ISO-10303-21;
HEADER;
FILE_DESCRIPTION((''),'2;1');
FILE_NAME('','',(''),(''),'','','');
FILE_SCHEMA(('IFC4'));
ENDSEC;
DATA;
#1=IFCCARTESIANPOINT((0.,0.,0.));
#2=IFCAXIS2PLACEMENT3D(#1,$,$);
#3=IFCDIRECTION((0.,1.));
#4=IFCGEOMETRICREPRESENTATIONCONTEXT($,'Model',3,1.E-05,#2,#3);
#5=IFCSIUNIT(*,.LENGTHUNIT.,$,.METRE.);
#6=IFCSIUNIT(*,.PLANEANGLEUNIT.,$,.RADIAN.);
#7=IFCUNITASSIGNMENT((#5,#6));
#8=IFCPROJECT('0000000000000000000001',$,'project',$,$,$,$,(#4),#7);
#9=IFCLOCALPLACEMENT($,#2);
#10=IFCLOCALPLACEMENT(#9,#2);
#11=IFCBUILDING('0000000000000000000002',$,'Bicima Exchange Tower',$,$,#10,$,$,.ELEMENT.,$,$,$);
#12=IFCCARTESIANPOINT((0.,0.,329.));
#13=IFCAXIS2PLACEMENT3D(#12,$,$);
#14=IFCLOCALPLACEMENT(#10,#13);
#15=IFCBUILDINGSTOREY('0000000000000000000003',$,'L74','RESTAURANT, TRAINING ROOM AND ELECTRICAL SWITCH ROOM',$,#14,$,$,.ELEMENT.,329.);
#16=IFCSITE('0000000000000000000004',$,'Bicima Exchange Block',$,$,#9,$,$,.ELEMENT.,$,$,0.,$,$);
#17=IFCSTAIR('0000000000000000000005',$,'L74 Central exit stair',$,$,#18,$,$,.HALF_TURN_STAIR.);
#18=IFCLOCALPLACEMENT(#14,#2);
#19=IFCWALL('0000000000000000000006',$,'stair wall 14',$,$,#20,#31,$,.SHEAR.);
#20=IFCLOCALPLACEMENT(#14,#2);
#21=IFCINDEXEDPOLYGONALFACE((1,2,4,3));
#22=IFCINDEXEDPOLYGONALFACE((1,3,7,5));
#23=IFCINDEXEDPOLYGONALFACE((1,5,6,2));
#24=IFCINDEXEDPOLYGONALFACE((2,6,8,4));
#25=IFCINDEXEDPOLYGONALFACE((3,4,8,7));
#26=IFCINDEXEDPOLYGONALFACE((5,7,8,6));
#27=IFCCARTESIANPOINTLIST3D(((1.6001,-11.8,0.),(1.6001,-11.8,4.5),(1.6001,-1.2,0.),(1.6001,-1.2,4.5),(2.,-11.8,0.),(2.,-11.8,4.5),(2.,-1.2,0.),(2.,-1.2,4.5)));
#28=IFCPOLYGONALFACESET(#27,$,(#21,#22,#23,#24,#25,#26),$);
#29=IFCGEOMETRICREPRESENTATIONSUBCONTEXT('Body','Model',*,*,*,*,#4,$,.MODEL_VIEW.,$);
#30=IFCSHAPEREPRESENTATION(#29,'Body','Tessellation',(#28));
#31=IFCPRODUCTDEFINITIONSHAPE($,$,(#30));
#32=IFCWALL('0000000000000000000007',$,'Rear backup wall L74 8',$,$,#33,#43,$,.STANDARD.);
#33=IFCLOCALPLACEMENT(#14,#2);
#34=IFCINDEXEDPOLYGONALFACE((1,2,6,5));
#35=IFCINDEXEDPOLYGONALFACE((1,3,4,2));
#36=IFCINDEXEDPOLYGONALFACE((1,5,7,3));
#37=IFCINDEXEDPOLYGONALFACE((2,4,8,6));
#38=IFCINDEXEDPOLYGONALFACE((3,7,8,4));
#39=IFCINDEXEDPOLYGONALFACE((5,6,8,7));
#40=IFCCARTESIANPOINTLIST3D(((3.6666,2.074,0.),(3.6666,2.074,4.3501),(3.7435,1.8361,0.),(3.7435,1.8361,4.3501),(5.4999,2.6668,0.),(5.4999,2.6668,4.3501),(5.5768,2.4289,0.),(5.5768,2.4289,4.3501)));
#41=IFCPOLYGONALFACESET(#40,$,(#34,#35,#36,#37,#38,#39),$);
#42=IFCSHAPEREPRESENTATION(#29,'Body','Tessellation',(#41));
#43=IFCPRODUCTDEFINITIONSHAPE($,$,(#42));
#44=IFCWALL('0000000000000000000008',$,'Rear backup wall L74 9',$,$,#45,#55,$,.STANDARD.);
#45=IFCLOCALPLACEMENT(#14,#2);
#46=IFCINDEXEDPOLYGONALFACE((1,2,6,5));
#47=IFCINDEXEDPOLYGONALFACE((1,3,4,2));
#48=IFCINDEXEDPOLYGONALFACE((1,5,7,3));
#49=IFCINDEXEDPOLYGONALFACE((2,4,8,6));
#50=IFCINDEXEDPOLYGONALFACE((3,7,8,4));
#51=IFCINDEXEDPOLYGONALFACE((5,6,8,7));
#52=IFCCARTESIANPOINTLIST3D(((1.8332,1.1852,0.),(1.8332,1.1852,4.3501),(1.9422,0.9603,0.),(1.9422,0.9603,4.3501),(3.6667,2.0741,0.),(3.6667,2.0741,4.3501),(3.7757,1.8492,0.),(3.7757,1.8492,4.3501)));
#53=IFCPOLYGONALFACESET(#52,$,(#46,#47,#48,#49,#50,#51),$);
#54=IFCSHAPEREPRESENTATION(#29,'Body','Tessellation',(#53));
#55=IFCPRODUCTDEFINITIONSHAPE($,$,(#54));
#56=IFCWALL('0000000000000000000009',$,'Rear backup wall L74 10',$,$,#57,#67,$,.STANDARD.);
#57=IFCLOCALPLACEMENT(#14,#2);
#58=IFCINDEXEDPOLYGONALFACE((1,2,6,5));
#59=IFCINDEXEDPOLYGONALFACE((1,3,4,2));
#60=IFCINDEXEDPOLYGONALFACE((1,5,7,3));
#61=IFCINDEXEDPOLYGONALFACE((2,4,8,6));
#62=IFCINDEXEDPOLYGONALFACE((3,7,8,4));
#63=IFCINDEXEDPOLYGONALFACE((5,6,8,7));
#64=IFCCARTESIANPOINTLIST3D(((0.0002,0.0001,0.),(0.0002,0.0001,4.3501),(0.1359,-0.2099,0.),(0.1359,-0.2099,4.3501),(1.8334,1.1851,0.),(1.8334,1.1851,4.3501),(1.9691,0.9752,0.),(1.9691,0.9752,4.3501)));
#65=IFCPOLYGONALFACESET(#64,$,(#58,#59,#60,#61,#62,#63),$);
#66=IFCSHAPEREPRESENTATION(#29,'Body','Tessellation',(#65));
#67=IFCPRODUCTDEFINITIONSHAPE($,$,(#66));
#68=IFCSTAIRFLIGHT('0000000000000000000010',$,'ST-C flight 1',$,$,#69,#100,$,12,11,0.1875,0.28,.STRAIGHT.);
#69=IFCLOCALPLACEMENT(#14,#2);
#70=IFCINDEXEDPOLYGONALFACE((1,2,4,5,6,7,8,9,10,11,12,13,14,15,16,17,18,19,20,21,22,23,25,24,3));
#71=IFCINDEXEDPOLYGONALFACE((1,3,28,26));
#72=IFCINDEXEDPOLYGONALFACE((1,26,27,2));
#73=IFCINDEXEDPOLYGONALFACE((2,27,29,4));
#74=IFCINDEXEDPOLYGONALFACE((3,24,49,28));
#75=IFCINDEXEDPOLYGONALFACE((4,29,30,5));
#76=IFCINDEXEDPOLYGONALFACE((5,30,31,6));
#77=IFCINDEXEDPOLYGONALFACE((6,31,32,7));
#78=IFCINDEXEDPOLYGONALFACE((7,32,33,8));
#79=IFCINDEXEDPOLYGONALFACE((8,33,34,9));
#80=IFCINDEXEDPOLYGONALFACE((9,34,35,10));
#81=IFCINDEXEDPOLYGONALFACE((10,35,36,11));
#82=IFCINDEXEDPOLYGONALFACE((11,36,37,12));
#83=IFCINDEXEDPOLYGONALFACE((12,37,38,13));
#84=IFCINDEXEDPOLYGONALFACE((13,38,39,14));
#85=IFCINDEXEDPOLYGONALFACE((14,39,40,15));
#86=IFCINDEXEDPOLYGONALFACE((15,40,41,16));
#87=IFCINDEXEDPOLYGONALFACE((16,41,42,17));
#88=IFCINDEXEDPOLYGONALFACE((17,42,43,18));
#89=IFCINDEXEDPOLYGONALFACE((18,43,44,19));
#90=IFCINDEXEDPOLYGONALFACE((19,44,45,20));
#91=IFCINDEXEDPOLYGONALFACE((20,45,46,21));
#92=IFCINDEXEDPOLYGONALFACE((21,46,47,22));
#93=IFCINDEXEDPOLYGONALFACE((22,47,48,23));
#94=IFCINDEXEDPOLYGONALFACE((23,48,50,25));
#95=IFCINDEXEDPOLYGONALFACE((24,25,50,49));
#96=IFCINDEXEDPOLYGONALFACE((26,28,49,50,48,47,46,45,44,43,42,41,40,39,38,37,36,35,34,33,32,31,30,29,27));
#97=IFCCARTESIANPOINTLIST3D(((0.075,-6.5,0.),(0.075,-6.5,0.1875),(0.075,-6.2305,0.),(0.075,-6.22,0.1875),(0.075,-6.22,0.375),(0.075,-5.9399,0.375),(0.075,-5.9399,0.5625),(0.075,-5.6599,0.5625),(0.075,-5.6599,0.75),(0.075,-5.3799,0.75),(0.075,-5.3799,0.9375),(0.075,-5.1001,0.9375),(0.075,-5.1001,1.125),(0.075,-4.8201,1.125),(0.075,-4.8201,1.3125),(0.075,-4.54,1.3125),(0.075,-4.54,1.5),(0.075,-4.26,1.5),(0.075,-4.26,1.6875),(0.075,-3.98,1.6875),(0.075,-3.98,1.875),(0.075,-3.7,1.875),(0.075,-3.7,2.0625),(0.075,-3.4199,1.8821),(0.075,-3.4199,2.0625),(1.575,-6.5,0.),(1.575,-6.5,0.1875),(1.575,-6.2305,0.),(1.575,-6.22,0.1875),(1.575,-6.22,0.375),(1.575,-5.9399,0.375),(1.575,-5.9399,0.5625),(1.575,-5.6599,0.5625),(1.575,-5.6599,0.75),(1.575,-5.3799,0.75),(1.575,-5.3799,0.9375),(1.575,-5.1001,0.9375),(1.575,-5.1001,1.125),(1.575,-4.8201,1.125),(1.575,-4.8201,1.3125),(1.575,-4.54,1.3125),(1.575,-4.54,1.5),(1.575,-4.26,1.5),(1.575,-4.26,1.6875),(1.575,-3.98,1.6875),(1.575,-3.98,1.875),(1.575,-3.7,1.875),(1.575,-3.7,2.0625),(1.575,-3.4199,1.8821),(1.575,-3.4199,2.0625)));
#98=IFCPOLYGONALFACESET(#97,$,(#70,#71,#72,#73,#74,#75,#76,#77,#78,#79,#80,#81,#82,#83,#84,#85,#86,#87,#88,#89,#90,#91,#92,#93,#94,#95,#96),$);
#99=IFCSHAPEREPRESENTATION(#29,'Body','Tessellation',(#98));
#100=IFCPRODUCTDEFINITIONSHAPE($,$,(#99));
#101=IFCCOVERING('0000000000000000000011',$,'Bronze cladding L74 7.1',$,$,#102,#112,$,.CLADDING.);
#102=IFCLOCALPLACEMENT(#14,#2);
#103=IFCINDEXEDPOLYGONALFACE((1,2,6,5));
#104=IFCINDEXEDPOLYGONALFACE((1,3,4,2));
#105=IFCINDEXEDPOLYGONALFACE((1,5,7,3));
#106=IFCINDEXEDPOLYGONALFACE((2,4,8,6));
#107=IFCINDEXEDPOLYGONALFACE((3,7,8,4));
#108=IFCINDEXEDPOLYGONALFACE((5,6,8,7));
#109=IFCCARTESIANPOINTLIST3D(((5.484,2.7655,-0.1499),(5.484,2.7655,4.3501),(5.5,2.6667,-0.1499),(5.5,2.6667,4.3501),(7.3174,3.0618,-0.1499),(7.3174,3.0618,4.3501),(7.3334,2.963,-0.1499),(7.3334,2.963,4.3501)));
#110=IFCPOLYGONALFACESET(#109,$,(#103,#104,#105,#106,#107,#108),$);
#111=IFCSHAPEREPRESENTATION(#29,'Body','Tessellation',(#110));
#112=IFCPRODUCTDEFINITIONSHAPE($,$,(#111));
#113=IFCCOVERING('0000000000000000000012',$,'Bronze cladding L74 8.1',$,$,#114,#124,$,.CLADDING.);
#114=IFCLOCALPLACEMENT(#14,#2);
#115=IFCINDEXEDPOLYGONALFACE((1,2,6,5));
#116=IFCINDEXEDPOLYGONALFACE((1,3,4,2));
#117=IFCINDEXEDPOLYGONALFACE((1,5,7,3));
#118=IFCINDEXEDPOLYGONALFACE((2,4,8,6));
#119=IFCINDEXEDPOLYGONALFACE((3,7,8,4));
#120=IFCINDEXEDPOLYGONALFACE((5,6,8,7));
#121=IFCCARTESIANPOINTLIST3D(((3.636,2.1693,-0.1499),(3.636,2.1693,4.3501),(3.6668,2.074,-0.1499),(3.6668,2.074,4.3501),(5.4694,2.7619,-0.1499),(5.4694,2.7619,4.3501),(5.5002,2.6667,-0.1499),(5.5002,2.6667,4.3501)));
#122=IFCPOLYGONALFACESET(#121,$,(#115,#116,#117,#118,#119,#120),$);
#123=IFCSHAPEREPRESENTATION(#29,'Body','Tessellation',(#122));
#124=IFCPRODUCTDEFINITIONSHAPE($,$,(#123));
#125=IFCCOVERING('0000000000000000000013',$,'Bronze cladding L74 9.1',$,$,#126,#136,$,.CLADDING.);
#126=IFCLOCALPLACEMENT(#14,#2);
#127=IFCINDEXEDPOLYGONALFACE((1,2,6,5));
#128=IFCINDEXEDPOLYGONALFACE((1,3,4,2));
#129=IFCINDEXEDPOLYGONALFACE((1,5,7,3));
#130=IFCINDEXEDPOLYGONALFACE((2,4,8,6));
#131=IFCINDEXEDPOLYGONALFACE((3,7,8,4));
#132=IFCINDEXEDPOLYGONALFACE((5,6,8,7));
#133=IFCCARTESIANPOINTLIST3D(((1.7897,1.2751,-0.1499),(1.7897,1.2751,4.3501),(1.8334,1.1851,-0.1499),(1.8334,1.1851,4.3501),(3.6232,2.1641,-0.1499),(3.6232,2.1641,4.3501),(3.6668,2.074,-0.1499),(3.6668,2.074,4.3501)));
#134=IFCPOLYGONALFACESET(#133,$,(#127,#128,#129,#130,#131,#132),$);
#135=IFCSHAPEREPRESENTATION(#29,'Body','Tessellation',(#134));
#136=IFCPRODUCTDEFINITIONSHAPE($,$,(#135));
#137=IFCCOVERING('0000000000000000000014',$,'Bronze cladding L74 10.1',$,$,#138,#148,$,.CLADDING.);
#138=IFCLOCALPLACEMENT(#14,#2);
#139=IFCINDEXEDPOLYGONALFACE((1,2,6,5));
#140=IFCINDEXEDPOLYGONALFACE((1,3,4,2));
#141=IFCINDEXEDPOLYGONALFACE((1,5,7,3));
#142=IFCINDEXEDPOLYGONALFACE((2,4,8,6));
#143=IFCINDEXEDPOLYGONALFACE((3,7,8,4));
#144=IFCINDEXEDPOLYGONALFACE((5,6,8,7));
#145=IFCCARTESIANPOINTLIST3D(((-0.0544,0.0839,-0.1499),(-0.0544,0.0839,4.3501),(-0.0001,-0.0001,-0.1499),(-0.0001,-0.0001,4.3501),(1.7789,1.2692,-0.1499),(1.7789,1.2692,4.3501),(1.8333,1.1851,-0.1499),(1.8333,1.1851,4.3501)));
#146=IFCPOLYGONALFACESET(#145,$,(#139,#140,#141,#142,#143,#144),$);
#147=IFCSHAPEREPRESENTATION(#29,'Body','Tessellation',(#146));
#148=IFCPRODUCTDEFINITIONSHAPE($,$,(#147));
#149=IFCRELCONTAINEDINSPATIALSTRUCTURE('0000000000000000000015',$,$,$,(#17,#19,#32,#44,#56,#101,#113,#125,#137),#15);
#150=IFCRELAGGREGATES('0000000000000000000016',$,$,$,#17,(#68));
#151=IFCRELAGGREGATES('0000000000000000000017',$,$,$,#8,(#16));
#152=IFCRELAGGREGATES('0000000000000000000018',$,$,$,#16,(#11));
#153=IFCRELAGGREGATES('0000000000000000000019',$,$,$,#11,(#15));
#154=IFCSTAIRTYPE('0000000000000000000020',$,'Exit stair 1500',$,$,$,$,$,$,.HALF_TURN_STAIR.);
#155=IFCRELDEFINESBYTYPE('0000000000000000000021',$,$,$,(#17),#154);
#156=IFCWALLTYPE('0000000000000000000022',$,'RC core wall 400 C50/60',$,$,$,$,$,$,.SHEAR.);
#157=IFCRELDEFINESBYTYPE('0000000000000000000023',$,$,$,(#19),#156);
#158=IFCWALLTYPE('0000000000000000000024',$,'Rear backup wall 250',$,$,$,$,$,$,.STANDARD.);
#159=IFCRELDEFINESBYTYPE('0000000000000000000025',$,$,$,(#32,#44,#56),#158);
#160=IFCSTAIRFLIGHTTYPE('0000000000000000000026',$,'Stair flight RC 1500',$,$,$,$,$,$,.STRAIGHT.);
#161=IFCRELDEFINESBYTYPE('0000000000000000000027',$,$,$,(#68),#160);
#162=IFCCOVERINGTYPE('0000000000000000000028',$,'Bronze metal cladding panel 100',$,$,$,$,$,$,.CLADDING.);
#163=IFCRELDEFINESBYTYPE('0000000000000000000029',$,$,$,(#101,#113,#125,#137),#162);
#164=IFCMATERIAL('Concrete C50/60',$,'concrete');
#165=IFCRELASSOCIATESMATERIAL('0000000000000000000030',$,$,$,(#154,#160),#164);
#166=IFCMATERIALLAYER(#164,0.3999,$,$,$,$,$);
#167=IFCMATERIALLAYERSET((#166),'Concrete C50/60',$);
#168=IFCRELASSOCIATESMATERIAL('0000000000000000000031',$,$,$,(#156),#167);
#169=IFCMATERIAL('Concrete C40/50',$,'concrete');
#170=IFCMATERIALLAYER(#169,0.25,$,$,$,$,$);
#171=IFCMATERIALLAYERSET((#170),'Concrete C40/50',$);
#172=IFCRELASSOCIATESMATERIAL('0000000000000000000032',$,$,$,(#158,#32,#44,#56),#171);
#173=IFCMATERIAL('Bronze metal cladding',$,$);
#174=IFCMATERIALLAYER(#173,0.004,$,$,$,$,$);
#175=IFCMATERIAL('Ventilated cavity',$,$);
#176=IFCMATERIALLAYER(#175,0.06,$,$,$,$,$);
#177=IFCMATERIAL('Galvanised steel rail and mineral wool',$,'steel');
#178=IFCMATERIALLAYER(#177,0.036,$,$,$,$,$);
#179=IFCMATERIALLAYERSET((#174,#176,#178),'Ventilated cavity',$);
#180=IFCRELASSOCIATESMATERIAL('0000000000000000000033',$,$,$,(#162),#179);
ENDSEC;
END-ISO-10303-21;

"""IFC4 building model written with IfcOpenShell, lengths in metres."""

from ifc_helpers import new_model, si_unit, direction, frame, frame_2d, origin, origin_2d, place, context, subcontext, project, spatial, polyline, rectangle, outline, extrude, material, layer, layer_set, layer_usage, type_object, element, aggregate, save


model = new_model("IFC4")

# Units and contexts
model_context = context("Model", 3, precision=1e-05, world=origin(), true_north=direction((0.0, 1.0)))
body_context = subcontext(model_context, "Body", "Model", "MODEL_VIEW")
ifc_project = project(units=[si_unit("LENGTHUNIT", "METRE"), si_unit("PLANEANGLEUNIT", "RADIAN")], contexts=[model_context])

# Site, building, storey
site_placement = place(None, origin())
site = spatial("IfcSite", under=ifc_project, at=site_placement, Name="Bicima Exchange Block", CompositionType="ELEMENT", RefElevation=0.0)
building_placement = place(site_placement, origin())
building = spatial("IfcBuilding", under=site, at=building_placement, Name="Bicima Exchange Tower", CompositionType="ELEMENT")
storey_placement = place(building_placement, frame((0.0, 0.0, 329.0)))
storey = spatial("IfcBuildingStorey", under=building, at=storey_placement, Name="L74", Description="RESTAURANT, TRAINING ROOM AND ELECTRICAL SWITCH ROOM", CompositionType="ELEMENT", Elevation=329.0)

# Shared definitions
ifc_material_1 = material(Name="Concrete C40/50", Category="concrete")

# Stair
ifc_material_2 = material(Name="Concrete C50/60", Category="concrete")
stair_type_1 = type_object("IfcStairType", Name="Exit stair 1500", PredefinedType="HALF_TURN_STAIR", material=ifc_material_2)
stair_1_placement = place(storey_placement, origin())
stair_1 = element("IfcStair", 1, at=stair_1_placement, inside=storey, type_object=stair_type_1, Name="L74 Central exit stair", PredefinedType="HALF_TURN_STAIR")

# Walls
ifc_layer_1 = layer(ifc_material_2, 0.3999)
ifc_layer_set_1 = layer_set([ifc_layer_1], Name="Concrete C50/60")
wall_type_1 = type_object("IfcWallType", Name="RC core wall 400 C50/60", PredefinedType="SHEAR", material=ifc_layer_set_1)
wall_1_placement = place(storey_placement, frame((1.8, -11.8, 0.0), z_axis=(0.0, 0.0, 1.0), x_axis=(0.0, 1.0, 0.0)))
element("IfcWall", 2, at=wall_1_placement, inside=storey, type_object=wall_type_1, Name="stair wall 14", PredefinedType="SHEAR", context=body_context, shape_type="SweptSolid", body=[
    extrude(rectangle(XDim=10.6001, YDim=0.3999, at=frame_2d((5.3, 0.0))), origin(), (0.0, 0.0, 1.0), 4.5),
])
ifc_layer_2 = layer(ifc_material_1, 0.25)
ifc_layer_set_2 = layer_set([ifc_layer_2], Name="Concrete C40/50")
ifc_layer_usage = layer_usage(ifc_layer_set_2, "AXIS2", "POSITIVE", -0.125)
wall_type_2 = type_object("IfcWallType", Name="Rear backup wall 250", PredefinedType="STANDARD", material=ifc_layer_set_2)
wall_2_placement = place(storey_placement, frame((5.5383, 2.5479, 0.0), z_axis=(0.0, 0.0, 1.0), x_axis=(-0.951496, -0.307662, 0.0)))
element("IfcWall", 3, at=wall_2_placement, inside=storey, type_object=wall_type_2, material=ifc_layer_usage, Name="Rear backup wall L74 8", PredefinedType="STANDARD", context=body_context, shape_type="SweptSolid", body=[
    extrude(rectangle(XDim=1.9268, YDim=0.25, at=frame_2d((0.9634, 0.0))), origin(), (0.0, 0.0, 1.0), 4.3501),
])
wall_3_placement = place(storey_placement, frame((3.7212, 1.9617, 0.0), z_axis=(0.0, 0.0, 1.0), x_axis=(-0.899824, -0.436253, 0.0)))
element("IfcWall", 4, at=wall_3_placement, inside=storey, type_object=wall_type_2, material=ifc_layer_usage, Name="Rear backup wall L74 9", PredefinedType="STANDARD", context=body_context, shape_type="SweptSolid", body=[
    extrude(rectangle(XDim=2.0376, YDim=0.25, at=frame_2d((1.0188, 0.0))), origin(), (0.0, 0.0, 1.0), 4.3501),
])
wall_4_placement = place(storey_placement, frame((1.9011, 1.0801, 0.0), z_axis=(0.0, 0.0, 1.0), x_axis=(-0.839813, -0.542876, 0.0)))
element("IfcWall", 5, at=wall_4_placement, inside=storey, type_object=wall_type_2, material=ifc_layer_usage, Name="Rear backup wall L74 10", PredefinedType="STANDARD", context=body_context, shape_type="SweptSolid", body=[
    extrude(rectangle(XDim=2.1829, YDim=0.25, at=frame_2d((1.0913, 0.0))), origin(), (0.0, 0.0, 1.0), 4.3501),
])

# Stair flight
stair_flight_type = type_object("IfcStairFlightType", Name="Stair flight RC 1500", PredefinedType="STRAIGHT", material=ifc_material_2)
stair_flight_placement = place(storey_placement, frame((0.825, -6.5, 0.0), z_axis=(0.0, 0.0, 1.0), x_axis=(0.0, 1.0, 0.0)))
stair_flight = element("IfcStairFlight", 6, at=stair_flight_placement, type_object=stair_flight_type, Name="ST-C flight 1", NumberOfRisers=12, NumberOfTreads=11, PredefinedType="STRAIGHT", RiserHeight=0.1875, TreadLength=0.28, context=body_context, shape_type="SweptSolid", body=[
    extrude(outline(polyline([(0.0, 0.0), (0.0, 0.1875), (0.28, 0.1875), (0.28, 0.375), (0.5601, 0.375), (0.5601, 0.5625), (0.8401, 0.5625), (0.8401, 0.75), (1.1201, 0.75), (1.1201, 0.9375), (1.3999, 0.9375), (1.3999, 1.125), (1.6799, 1.125), (1.6799, 1.3125), (1.96, 1.3125), (1.96, 1.5), (2.24, 1.5), (2.24, 1.6875), (2.52, 1.6875), (2.52, 1.875), (2.8, 1.875), (2.8, 2.0625), (3.0801, 2.0625), (3.0801, 2.25), (3.0801, 1.8821), (0.2695, 0.0), (0.0, 0.0)])), frame((0.0, 0.75, 0.0), z_axis=(0.0, -1.0, 0.0), x_axis=(1.0, 0.0, 0.0)), (0.0, 0.0, 1.0), 1.5),
])
aggregate(stair_1, [stair_flight])

# Coverings
ifc_material_3 = material(Name="Bronze metal cladding")
ifc_layer_3 = layer(ifc_material_3, 0.004)
ifc_material_4 = material(Name="Ventilated cavity")
ifc_layer_4 = layer(ifc_material_4, 0.06)
ifc_material_5 = material(Name="Galvanised steel rail and mineral wool", Category="steel")
ifc_layer_5 = layer(ifc_material_5, 0.036)
ifc_layer_set_3 = layer_set([ifc_layer_3, ifc_layer_4, ifc_layer_5], Name="Ventilated cavity")
covering_type = type_object("IfcCoveringType", Name="Bronze metal cladding panel 100", PredefinedType="CLADDING", material=ifc_layer_set_3)
covering_1_placement = place(storey_placement, frame((6.4087, 2.8643, -0.1499), z_axis=(0.0, 0.0, 1.0), x_axis=(-0.98719, -0.15955, 0.0)))
element("IfcCovering", 7, at=covering_1_placement, inside=storey, type_object=covering_type, Name="Bronze cladding L74 7.1", PredefinedType="CLADDING", context=body_context, shape_type="SweptSolid", body=[
    extrude(rectangle(XDim=1.8572, YDim=0.1001, at=origin_2d()), origin(), (0.0, 0.0, 1.0), 4.5),
])
covering_2_placement = place(storey_placement, frame((4.5681, 2.418, -0.1499), z_axis=(0.0, 0.0, 1.0), x_axis=(-0.951525, -0.307573, 0.0)))
element("IfcCovering", 8, at=covering_2_placement, inside=storey, type_object=covering_type, Name="Bronze cladding L74 8.1", PredefinedType="CLADDING", context=body_context, shape_type="SweptSolid", body=[
    extrude(rectangle(XDim=1.9268, YDim=0.1001, at=origin_2d()), origin(), (0.0, 0.0, 1.0), 4.5),
])
covering_3_placement = place(storey_placement, frame((2.7283, 1.6746, -0.1499), z_axis=(0.0, 0.0, 1.0), x_axis=(-0.899818, -0.436265, 0.0)))
element("IfcCovering", 9, at=covering_3_placement, inside=storey, type_object=covering_type, Name="Bronze cladding L74 9.1", PredefinedType="CLADDING", context=body_context, shape_type="SweptSolid", body=[
    extrude(rectangle(XDim=2.0376, YDim=0.1001, at=origin_2d()), origin(), (0.0, 0.0, 1.0), 4.5),
])
covering_4_placement = place(storey_placement, frame((0.8894, 0.6345, -0.1499), z_axis=(0.0, 0.0, 1.0), x_axis=(-0.83979, -0.542911, 0.0)))
element("IfcCovering", 10, at=covering_4_placement, inside=storey, type_object=covering_type, Name="Bronze cladding L74 10.1", PredefinedType="CLADDING", context=body_context, shape_type="SweptSolid", body=[
    extrude(rectangle(XDim=2.1831, YDim=0.1001, at=origin_2d()), origin(), (0.0, 0.0, 1.0), 4.5),
])

save(model, "model.ifc")
